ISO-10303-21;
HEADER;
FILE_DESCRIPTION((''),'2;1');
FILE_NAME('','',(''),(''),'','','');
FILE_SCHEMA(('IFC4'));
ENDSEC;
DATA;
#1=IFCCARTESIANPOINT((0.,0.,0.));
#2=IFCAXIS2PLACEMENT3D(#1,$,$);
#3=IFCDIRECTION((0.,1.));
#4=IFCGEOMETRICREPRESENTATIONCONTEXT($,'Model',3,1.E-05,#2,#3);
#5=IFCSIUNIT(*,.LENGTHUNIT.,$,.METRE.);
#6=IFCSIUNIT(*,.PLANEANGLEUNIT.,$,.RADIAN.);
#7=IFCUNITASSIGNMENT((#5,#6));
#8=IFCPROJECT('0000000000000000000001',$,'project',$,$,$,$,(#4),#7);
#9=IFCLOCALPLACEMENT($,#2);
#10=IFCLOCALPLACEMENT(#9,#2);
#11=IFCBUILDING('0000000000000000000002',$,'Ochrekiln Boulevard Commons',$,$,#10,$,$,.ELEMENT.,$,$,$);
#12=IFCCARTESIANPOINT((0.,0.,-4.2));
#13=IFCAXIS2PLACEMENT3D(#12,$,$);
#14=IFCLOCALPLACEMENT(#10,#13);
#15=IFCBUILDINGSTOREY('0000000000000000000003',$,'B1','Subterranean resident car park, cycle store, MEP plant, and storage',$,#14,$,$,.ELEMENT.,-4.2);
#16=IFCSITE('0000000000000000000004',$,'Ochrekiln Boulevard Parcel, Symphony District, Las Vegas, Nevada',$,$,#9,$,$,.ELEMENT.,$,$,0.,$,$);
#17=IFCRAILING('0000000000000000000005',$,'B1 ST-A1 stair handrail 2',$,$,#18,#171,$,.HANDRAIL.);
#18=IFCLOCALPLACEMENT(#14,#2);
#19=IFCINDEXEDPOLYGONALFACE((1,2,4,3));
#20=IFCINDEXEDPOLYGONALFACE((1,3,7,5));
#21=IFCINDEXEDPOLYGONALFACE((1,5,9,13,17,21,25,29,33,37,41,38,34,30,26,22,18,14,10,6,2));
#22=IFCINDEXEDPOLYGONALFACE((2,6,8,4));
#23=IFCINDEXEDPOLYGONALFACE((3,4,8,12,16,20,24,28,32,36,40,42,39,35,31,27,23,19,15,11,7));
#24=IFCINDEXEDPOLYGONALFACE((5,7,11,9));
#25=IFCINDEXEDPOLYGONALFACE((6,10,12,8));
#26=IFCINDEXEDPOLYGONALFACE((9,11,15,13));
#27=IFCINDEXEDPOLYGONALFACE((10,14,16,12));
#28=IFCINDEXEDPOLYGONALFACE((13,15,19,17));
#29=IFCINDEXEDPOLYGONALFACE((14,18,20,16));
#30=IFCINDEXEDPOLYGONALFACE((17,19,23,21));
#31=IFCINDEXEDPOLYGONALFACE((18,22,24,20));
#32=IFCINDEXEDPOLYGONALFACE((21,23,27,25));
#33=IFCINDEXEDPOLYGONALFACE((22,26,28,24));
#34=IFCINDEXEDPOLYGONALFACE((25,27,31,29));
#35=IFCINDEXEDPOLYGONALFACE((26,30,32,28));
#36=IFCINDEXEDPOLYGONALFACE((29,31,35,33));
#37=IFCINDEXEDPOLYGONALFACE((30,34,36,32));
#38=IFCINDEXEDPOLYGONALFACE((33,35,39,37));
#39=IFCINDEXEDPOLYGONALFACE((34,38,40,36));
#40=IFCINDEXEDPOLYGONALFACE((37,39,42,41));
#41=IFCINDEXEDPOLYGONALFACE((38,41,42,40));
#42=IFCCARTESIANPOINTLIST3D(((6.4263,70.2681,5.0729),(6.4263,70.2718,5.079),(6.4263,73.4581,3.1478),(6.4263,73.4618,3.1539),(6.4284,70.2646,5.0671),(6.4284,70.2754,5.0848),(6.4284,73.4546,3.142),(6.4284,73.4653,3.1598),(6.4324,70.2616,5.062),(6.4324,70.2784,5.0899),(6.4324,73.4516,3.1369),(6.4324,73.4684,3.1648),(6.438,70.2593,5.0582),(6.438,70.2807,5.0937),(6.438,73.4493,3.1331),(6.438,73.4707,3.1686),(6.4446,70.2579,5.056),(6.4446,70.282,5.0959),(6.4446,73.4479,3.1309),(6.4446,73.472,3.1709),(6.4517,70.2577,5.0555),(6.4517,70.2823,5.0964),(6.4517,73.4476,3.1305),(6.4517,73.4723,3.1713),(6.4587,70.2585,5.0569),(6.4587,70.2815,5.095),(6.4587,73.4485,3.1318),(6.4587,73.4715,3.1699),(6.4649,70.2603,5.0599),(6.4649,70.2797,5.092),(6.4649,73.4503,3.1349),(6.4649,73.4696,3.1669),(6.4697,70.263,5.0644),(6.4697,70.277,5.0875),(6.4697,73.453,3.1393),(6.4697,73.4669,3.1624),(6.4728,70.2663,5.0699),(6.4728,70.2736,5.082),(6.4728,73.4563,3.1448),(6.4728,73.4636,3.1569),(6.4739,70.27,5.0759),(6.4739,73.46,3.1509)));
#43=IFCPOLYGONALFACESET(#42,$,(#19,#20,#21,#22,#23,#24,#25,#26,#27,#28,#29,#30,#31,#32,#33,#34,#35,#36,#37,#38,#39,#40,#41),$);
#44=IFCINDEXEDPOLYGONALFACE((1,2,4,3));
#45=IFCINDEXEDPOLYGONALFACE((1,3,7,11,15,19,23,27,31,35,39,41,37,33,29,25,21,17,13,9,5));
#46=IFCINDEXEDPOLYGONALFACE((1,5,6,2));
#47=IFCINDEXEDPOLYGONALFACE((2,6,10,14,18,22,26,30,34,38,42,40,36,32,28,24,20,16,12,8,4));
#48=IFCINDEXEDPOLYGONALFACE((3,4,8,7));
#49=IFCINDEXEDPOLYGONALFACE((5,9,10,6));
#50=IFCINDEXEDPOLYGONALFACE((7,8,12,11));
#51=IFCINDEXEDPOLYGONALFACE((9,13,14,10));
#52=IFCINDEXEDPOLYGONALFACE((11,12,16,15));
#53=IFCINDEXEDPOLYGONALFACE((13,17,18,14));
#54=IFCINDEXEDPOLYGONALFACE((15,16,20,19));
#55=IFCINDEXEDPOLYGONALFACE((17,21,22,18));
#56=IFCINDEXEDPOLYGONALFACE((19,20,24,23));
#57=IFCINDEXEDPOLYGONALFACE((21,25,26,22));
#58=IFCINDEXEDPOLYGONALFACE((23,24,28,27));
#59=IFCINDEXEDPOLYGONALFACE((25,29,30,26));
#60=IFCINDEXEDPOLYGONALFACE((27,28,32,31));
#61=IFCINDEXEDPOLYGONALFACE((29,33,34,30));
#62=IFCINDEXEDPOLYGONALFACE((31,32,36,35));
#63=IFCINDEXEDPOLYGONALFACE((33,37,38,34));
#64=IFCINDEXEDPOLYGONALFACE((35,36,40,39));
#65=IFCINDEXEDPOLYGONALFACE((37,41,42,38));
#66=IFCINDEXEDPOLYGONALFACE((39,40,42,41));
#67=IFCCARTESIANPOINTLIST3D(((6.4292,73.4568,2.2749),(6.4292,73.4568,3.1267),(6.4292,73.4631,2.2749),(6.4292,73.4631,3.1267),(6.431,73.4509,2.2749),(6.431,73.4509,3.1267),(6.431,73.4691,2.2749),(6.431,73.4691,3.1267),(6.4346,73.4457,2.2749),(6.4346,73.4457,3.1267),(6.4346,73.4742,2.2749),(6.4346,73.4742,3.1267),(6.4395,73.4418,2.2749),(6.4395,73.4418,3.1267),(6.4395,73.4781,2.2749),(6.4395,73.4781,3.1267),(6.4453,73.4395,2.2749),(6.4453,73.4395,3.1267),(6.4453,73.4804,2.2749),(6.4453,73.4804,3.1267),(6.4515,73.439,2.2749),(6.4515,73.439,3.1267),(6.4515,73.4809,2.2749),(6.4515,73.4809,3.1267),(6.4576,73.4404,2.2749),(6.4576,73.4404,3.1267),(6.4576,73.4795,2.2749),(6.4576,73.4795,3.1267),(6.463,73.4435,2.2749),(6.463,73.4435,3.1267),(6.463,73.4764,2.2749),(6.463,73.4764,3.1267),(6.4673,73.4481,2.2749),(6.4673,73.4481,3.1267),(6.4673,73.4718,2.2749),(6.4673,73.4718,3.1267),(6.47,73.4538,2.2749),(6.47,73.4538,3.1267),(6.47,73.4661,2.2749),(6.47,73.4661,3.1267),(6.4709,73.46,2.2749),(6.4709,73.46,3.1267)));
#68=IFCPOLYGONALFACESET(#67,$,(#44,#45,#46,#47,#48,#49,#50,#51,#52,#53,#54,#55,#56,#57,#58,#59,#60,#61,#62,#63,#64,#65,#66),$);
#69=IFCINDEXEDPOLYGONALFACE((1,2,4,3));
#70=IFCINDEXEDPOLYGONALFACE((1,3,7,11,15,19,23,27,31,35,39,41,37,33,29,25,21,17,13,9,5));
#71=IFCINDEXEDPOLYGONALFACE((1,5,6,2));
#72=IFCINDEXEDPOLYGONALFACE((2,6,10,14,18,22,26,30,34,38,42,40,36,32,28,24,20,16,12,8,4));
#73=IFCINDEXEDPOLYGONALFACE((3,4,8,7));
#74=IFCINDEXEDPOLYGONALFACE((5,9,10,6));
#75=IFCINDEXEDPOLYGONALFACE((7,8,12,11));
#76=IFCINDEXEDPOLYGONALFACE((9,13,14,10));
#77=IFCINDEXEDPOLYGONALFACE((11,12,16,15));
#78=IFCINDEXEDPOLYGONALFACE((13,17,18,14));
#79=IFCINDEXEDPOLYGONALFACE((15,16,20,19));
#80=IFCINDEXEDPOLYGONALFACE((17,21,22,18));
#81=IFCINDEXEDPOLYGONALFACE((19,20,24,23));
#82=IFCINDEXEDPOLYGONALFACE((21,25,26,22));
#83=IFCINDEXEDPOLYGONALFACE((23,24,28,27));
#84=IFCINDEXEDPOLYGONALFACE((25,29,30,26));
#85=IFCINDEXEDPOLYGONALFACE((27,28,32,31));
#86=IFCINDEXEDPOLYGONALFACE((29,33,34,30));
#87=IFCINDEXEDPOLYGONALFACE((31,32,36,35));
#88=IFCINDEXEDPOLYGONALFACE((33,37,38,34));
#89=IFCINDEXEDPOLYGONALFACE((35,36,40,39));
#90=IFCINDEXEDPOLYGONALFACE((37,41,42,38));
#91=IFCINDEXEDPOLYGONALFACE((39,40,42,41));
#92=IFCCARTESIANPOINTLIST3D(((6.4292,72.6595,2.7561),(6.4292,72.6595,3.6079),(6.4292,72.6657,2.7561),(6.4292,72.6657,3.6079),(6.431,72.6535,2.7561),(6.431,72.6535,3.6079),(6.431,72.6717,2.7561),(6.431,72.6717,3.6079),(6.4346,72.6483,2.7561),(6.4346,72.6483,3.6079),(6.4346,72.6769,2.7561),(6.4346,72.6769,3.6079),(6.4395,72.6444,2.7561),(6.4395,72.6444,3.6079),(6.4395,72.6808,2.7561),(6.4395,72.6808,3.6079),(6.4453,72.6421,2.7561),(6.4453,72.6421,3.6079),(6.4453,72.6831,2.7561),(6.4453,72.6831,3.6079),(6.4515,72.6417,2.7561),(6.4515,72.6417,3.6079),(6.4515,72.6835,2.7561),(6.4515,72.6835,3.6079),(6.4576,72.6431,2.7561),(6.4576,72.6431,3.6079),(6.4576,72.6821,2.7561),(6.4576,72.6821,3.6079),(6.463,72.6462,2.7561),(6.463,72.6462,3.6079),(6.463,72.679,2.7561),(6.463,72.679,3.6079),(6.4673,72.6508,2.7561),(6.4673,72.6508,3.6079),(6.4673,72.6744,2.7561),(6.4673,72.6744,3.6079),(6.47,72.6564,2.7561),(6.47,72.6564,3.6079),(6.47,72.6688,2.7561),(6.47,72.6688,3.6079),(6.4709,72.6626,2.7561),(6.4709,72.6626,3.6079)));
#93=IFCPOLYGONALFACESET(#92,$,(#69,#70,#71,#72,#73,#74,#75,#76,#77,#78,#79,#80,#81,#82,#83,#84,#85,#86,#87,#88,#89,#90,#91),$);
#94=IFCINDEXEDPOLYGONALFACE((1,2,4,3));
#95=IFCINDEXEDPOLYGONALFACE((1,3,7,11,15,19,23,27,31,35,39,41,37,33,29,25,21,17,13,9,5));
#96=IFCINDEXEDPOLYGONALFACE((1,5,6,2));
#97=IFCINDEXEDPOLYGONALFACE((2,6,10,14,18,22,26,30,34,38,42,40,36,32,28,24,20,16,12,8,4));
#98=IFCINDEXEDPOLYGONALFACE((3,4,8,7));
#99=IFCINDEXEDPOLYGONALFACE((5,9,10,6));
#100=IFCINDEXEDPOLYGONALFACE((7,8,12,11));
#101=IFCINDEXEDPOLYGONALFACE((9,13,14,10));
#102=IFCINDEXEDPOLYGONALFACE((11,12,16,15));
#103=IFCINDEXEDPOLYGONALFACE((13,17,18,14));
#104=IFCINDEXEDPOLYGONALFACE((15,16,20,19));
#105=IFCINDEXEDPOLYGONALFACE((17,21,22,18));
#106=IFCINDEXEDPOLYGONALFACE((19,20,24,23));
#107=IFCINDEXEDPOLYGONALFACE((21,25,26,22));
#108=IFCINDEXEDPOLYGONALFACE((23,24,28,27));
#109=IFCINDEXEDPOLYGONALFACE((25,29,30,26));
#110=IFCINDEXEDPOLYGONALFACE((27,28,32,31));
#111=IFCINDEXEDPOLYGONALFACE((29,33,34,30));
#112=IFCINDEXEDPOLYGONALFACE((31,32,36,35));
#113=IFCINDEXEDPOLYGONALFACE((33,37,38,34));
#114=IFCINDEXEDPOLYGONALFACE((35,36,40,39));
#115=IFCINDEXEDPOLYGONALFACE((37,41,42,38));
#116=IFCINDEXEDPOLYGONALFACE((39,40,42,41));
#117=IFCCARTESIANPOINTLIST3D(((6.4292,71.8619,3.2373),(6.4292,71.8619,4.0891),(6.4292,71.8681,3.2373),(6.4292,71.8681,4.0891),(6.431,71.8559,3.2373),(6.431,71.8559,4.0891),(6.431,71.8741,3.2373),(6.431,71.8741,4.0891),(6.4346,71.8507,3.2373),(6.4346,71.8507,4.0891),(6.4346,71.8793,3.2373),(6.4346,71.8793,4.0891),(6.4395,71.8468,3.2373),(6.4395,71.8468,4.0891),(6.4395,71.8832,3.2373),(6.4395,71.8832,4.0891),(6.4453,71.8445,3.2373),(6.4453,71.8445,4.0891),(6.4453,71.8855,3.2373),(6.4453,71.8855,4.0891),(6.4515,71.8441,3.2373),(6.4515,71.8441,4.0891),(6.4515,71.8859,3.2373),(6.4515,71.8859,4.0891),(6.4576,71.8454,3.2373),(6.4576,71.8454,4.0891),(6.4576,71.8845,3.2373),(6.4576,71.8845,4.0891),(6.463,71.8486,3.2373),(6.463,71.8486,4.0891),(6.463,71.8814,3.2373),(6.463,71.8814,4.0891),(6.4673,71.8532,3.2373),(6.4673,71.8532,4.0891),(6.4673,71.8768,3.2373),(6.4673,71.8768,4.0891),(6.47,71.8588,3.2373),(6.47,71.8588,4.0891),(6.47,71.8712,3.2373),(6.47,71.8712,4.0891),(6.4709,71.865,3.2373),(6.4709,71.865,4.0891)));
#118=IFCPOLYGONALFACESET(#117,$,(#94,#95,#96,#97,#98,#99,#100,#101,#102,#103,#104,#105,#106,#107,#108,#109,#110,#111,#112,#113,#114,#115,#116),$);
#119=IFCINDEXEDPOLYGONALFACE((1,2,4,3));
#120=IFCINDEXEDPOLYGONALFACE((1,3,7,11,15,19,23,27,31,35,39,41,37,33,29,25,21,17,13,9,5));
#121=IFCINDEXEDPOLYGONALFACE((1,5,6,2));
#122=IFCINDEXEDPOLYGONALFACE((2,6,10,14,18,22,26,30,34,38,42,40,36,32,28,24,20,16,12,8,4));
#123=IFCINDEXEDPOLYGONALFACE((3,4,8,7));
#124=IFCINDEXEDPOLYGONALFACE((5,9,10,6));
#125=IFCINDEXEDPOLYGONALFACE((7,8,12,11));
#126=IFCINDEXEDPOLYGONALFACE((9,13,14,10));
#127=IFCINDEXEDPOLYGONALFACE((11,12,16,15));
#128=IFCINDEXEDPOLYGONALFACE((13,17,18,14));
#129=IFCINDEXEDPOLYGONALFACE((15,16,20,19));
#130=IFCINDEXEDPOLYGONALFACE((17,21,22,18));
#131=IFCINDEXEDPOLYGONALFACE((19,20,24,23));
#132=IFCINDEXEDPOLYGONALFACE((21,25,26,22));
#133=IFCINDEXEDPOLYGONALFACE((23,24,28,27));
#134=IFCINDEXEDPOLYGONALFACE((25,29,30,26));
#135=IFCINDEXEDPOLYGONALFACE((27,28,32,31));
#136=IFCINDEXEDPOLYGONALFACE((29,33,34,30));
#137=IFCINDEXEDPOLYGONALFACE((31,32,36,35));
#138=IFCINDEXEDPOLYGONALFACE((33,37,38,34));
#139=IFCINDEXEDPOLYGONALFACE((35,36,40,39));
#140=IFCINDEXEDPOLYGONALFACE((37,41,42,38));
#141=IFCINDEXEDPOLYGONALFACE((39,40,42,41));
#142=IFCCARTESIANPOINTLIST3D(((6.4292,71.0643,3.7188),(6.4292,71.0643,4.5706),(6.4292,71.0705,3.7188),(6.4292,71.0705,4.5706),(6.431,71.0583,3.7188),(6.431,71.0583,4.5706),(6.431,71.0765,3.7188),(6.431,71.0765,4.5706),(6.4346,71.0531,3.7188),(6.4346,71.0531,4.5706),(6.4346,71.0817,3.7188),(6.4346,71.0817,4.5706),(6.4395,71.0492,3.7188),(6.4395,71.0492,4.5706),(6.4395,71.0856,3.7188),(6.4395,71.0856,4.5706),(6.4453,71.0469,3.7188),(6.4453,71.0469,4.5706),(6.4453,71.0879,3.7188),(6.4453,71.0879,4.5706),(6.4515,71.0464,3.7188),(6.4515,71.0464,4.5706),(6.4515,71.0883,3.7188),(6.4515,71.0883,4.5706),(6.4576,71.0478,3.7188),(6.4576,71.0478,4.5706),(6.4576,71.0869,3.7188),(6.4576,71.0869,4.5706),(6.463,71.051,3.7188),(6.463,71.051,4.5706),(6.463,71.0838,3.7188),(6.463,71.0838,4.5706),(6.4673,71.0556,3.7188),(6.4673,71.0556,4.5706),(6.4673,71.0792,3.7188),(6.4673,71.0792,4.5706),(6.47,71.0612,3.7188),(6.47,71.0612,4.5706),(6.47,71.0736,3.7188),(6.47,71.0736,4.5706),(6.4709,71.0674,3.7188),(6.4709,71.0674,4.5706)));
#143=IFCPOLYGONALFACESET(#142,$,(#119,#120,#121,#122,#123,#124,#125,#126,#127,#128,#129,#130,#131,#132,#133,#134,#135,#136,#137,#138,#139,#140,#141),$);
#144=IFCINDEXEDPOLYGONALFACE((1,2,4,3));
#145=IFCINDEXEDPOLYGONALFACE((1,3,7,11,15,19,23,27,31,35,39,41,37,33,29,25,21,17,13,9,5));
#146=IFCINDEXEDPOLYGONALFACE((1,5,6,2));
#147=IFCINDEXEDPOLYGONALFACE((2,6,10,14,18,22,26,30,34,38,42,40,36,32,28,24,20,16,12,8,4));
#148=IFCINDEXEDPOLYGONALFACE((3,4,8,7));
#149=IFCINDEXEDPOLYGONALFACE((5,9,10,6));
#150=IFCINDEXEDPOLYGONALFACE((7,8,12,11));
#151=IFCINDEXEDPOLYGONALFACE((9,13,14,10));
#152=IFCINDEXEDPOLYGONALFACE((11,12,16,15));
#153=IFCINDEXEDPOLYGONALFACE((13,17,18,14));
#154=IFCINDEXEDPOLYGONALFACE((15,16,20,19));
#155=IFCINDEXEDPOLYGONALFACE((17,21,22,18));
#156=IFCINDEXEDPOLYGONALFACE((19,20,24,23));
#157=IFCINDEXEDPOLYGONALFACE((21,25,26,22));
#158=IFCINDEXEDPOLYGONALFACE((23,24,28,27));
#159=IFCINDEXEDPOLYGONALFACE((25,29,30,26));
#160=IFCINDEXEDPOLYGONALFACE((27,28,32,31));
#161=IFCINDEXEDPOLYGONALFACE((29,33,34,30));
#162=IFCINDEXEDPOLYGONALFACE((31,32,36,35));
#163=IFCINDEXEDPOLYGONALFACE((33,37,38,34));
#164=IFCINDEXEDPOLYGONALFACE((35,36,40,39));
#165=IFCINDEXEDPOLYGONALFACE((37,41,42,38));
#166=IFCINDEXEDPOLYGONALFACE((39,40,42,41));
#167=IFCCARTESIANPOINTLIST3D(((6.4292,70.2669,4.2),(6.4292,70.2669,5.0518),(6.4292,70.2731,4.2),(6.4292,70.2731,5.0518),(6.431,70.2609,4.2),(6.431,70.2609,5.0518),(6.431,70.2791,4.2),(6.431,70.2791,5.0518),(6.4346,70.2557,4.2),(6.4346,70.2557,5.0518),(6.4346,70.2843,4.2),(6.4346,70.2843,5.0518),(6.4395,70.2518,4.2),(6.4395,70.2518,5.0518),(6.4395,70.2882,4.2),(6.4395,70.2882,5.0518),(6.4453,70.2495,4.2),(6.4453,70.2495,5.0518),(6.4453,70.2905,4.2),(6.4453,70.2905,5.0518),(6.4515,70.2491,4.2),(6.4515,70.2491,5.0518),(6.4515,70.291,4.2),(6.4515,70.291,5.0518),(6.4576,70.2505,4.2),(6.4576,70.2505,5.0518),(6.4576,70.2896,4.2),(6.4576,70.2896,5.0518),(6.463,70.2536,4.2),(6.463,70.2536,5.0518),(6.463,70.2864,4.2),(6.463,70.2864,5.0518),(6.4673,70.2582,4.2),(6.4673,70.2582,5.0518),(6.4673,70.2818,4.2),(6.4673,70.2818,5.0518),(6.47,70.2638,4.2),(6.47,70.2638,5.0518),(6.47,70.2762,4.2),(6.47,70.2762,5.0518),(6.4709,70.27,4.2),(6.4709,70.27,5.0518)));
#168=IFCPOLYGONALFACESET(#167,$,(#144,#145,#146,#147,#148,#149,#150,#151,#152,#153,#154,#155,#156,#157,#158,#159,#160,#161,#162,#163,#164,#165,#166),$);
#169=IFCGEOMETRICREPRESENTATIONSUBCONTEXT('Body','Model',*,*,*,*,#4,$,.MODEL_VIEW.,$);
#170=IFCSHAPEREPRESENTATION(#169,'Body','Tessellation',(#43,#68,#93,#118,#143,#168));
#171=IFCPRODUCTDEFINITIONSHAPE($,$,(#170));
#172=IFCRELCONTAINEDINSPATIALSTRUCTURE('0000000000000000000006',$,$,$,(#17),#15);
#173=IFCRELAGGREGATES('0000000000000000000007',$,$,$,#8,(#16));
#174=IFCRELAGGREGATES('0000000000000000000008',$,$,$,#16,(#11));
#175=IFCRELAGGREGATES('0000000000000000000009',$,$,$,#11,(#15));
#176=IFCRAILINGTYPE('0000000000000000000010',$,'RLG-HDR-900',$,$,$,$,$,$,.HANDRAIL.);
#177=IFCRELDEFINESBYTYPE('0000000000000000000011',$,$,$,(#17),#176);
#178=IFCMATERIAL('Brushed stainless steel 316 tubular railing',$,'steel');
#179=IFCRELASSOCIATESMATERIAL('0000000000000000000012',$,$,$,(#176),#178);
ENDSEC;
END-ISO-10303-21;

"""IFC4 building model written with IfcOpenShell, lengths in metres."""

from ifc_helpers import new_model, si_unit, direction, frame, origin, origin_2d, place, context, subcontext, project, spatial, circle, extrude, material, type_object, element, save


model = new_model("IFC4")

# Units and contexts
model_context = context("Model", 3, precision=1e-05, world=origin(), true_north=direction((0.0, 1.0)))
body_context = subcontext(model_context, "Body", "Model", "MODEL_VIEW")
ifc_project = project(units=[si_unit("LENGTHUNIT", "METRE"), si_unit("PLANEANGLEUNIT", "RADIAN")], contexts=[model_context])

# Site, building, storey
site_placement = place(None, origin())
site = spatial("IfcSite", under=ifc_project, at=site_placement, Name="Ochrekiln Boulevard Parcel, Symphony District, Las Vegas, Nevada", CompositionType="ELEMENT", RefElevation=0.0)
building_placement = place(site_placement, origin())
building = spatial("IfcBuilding", under=site, at=building_placement, Name="Ochrekiln Boulevard Commons", CompositionType="ELEMENT")
storey_placement = place(building_placement, frame((0.0, 0.0, -4.2)))
storey = spatial("IfcBuildingStorey", under=building, at=storey_placement, Name="B1", Description="Subterranean resident car park, cycle store, MEP plant, and storage", CompositionType="ELEMENT", Elevation=-4.2)

# Railing
ifc_material_1 = material(Name="Brushed stainless steel 316 tubular railing", Category="steel")
railing_type_1 = type_object("IfcRailingType", Name="RLG-HDR-900", PredefinedType="HANDRAIL", material=ifc_material_1)
railing_1_placement = place(storey_placement, frame((6.45, 73.46, 2.2749)))
element("IfcRailing", 1, at=railing_1_placement, inside=storey, type_object=railing_type_1, Name="B1 ST-A1 stair handrail 2", PredefinedType="HANDRAIL", context=body_context, shape_type="SweptSolid", body=[
    extrude(circle(Radius=0.0239, at=origin_2d()), frame((0.0, 0.0, 0.876), z_axis=(0.0, -0.856178, 0.516682), x_axis=(1.0, 0.0, 0.0)), (0.0, 0.0, 1.0), 3.7258),
    extrude(circle(Radius=0.021, at=origin_2d()), origin(), (0.0, 0.0, 1.0), 0.8518),
    extrude(circle(Radius=0.021, at=origin_2d()), frame((0.0, -0.7974, 0.4812)), (0.0, 0.0, 1.0), 0.8518),
    extrude(circle(Radius=0.021, at=origin_2d()), frame((0.0, -1.595, 0.9624)), (0.0, 0.0, 1.0), 0.8518),
    extrude(circle(Radius=0.021, at=origin_2d()), frame((0.0, -2.3926, 1.4438)), (0.0, 0.0, 1.0), 0.8518),
    extrude(circle(Radius=0.021, at=origin_2d()), frame((0.0, -3.1899, 1.925)), (0.0, 0.0, 1.0), 0.8518),
])

save(model, "model.ifc")
